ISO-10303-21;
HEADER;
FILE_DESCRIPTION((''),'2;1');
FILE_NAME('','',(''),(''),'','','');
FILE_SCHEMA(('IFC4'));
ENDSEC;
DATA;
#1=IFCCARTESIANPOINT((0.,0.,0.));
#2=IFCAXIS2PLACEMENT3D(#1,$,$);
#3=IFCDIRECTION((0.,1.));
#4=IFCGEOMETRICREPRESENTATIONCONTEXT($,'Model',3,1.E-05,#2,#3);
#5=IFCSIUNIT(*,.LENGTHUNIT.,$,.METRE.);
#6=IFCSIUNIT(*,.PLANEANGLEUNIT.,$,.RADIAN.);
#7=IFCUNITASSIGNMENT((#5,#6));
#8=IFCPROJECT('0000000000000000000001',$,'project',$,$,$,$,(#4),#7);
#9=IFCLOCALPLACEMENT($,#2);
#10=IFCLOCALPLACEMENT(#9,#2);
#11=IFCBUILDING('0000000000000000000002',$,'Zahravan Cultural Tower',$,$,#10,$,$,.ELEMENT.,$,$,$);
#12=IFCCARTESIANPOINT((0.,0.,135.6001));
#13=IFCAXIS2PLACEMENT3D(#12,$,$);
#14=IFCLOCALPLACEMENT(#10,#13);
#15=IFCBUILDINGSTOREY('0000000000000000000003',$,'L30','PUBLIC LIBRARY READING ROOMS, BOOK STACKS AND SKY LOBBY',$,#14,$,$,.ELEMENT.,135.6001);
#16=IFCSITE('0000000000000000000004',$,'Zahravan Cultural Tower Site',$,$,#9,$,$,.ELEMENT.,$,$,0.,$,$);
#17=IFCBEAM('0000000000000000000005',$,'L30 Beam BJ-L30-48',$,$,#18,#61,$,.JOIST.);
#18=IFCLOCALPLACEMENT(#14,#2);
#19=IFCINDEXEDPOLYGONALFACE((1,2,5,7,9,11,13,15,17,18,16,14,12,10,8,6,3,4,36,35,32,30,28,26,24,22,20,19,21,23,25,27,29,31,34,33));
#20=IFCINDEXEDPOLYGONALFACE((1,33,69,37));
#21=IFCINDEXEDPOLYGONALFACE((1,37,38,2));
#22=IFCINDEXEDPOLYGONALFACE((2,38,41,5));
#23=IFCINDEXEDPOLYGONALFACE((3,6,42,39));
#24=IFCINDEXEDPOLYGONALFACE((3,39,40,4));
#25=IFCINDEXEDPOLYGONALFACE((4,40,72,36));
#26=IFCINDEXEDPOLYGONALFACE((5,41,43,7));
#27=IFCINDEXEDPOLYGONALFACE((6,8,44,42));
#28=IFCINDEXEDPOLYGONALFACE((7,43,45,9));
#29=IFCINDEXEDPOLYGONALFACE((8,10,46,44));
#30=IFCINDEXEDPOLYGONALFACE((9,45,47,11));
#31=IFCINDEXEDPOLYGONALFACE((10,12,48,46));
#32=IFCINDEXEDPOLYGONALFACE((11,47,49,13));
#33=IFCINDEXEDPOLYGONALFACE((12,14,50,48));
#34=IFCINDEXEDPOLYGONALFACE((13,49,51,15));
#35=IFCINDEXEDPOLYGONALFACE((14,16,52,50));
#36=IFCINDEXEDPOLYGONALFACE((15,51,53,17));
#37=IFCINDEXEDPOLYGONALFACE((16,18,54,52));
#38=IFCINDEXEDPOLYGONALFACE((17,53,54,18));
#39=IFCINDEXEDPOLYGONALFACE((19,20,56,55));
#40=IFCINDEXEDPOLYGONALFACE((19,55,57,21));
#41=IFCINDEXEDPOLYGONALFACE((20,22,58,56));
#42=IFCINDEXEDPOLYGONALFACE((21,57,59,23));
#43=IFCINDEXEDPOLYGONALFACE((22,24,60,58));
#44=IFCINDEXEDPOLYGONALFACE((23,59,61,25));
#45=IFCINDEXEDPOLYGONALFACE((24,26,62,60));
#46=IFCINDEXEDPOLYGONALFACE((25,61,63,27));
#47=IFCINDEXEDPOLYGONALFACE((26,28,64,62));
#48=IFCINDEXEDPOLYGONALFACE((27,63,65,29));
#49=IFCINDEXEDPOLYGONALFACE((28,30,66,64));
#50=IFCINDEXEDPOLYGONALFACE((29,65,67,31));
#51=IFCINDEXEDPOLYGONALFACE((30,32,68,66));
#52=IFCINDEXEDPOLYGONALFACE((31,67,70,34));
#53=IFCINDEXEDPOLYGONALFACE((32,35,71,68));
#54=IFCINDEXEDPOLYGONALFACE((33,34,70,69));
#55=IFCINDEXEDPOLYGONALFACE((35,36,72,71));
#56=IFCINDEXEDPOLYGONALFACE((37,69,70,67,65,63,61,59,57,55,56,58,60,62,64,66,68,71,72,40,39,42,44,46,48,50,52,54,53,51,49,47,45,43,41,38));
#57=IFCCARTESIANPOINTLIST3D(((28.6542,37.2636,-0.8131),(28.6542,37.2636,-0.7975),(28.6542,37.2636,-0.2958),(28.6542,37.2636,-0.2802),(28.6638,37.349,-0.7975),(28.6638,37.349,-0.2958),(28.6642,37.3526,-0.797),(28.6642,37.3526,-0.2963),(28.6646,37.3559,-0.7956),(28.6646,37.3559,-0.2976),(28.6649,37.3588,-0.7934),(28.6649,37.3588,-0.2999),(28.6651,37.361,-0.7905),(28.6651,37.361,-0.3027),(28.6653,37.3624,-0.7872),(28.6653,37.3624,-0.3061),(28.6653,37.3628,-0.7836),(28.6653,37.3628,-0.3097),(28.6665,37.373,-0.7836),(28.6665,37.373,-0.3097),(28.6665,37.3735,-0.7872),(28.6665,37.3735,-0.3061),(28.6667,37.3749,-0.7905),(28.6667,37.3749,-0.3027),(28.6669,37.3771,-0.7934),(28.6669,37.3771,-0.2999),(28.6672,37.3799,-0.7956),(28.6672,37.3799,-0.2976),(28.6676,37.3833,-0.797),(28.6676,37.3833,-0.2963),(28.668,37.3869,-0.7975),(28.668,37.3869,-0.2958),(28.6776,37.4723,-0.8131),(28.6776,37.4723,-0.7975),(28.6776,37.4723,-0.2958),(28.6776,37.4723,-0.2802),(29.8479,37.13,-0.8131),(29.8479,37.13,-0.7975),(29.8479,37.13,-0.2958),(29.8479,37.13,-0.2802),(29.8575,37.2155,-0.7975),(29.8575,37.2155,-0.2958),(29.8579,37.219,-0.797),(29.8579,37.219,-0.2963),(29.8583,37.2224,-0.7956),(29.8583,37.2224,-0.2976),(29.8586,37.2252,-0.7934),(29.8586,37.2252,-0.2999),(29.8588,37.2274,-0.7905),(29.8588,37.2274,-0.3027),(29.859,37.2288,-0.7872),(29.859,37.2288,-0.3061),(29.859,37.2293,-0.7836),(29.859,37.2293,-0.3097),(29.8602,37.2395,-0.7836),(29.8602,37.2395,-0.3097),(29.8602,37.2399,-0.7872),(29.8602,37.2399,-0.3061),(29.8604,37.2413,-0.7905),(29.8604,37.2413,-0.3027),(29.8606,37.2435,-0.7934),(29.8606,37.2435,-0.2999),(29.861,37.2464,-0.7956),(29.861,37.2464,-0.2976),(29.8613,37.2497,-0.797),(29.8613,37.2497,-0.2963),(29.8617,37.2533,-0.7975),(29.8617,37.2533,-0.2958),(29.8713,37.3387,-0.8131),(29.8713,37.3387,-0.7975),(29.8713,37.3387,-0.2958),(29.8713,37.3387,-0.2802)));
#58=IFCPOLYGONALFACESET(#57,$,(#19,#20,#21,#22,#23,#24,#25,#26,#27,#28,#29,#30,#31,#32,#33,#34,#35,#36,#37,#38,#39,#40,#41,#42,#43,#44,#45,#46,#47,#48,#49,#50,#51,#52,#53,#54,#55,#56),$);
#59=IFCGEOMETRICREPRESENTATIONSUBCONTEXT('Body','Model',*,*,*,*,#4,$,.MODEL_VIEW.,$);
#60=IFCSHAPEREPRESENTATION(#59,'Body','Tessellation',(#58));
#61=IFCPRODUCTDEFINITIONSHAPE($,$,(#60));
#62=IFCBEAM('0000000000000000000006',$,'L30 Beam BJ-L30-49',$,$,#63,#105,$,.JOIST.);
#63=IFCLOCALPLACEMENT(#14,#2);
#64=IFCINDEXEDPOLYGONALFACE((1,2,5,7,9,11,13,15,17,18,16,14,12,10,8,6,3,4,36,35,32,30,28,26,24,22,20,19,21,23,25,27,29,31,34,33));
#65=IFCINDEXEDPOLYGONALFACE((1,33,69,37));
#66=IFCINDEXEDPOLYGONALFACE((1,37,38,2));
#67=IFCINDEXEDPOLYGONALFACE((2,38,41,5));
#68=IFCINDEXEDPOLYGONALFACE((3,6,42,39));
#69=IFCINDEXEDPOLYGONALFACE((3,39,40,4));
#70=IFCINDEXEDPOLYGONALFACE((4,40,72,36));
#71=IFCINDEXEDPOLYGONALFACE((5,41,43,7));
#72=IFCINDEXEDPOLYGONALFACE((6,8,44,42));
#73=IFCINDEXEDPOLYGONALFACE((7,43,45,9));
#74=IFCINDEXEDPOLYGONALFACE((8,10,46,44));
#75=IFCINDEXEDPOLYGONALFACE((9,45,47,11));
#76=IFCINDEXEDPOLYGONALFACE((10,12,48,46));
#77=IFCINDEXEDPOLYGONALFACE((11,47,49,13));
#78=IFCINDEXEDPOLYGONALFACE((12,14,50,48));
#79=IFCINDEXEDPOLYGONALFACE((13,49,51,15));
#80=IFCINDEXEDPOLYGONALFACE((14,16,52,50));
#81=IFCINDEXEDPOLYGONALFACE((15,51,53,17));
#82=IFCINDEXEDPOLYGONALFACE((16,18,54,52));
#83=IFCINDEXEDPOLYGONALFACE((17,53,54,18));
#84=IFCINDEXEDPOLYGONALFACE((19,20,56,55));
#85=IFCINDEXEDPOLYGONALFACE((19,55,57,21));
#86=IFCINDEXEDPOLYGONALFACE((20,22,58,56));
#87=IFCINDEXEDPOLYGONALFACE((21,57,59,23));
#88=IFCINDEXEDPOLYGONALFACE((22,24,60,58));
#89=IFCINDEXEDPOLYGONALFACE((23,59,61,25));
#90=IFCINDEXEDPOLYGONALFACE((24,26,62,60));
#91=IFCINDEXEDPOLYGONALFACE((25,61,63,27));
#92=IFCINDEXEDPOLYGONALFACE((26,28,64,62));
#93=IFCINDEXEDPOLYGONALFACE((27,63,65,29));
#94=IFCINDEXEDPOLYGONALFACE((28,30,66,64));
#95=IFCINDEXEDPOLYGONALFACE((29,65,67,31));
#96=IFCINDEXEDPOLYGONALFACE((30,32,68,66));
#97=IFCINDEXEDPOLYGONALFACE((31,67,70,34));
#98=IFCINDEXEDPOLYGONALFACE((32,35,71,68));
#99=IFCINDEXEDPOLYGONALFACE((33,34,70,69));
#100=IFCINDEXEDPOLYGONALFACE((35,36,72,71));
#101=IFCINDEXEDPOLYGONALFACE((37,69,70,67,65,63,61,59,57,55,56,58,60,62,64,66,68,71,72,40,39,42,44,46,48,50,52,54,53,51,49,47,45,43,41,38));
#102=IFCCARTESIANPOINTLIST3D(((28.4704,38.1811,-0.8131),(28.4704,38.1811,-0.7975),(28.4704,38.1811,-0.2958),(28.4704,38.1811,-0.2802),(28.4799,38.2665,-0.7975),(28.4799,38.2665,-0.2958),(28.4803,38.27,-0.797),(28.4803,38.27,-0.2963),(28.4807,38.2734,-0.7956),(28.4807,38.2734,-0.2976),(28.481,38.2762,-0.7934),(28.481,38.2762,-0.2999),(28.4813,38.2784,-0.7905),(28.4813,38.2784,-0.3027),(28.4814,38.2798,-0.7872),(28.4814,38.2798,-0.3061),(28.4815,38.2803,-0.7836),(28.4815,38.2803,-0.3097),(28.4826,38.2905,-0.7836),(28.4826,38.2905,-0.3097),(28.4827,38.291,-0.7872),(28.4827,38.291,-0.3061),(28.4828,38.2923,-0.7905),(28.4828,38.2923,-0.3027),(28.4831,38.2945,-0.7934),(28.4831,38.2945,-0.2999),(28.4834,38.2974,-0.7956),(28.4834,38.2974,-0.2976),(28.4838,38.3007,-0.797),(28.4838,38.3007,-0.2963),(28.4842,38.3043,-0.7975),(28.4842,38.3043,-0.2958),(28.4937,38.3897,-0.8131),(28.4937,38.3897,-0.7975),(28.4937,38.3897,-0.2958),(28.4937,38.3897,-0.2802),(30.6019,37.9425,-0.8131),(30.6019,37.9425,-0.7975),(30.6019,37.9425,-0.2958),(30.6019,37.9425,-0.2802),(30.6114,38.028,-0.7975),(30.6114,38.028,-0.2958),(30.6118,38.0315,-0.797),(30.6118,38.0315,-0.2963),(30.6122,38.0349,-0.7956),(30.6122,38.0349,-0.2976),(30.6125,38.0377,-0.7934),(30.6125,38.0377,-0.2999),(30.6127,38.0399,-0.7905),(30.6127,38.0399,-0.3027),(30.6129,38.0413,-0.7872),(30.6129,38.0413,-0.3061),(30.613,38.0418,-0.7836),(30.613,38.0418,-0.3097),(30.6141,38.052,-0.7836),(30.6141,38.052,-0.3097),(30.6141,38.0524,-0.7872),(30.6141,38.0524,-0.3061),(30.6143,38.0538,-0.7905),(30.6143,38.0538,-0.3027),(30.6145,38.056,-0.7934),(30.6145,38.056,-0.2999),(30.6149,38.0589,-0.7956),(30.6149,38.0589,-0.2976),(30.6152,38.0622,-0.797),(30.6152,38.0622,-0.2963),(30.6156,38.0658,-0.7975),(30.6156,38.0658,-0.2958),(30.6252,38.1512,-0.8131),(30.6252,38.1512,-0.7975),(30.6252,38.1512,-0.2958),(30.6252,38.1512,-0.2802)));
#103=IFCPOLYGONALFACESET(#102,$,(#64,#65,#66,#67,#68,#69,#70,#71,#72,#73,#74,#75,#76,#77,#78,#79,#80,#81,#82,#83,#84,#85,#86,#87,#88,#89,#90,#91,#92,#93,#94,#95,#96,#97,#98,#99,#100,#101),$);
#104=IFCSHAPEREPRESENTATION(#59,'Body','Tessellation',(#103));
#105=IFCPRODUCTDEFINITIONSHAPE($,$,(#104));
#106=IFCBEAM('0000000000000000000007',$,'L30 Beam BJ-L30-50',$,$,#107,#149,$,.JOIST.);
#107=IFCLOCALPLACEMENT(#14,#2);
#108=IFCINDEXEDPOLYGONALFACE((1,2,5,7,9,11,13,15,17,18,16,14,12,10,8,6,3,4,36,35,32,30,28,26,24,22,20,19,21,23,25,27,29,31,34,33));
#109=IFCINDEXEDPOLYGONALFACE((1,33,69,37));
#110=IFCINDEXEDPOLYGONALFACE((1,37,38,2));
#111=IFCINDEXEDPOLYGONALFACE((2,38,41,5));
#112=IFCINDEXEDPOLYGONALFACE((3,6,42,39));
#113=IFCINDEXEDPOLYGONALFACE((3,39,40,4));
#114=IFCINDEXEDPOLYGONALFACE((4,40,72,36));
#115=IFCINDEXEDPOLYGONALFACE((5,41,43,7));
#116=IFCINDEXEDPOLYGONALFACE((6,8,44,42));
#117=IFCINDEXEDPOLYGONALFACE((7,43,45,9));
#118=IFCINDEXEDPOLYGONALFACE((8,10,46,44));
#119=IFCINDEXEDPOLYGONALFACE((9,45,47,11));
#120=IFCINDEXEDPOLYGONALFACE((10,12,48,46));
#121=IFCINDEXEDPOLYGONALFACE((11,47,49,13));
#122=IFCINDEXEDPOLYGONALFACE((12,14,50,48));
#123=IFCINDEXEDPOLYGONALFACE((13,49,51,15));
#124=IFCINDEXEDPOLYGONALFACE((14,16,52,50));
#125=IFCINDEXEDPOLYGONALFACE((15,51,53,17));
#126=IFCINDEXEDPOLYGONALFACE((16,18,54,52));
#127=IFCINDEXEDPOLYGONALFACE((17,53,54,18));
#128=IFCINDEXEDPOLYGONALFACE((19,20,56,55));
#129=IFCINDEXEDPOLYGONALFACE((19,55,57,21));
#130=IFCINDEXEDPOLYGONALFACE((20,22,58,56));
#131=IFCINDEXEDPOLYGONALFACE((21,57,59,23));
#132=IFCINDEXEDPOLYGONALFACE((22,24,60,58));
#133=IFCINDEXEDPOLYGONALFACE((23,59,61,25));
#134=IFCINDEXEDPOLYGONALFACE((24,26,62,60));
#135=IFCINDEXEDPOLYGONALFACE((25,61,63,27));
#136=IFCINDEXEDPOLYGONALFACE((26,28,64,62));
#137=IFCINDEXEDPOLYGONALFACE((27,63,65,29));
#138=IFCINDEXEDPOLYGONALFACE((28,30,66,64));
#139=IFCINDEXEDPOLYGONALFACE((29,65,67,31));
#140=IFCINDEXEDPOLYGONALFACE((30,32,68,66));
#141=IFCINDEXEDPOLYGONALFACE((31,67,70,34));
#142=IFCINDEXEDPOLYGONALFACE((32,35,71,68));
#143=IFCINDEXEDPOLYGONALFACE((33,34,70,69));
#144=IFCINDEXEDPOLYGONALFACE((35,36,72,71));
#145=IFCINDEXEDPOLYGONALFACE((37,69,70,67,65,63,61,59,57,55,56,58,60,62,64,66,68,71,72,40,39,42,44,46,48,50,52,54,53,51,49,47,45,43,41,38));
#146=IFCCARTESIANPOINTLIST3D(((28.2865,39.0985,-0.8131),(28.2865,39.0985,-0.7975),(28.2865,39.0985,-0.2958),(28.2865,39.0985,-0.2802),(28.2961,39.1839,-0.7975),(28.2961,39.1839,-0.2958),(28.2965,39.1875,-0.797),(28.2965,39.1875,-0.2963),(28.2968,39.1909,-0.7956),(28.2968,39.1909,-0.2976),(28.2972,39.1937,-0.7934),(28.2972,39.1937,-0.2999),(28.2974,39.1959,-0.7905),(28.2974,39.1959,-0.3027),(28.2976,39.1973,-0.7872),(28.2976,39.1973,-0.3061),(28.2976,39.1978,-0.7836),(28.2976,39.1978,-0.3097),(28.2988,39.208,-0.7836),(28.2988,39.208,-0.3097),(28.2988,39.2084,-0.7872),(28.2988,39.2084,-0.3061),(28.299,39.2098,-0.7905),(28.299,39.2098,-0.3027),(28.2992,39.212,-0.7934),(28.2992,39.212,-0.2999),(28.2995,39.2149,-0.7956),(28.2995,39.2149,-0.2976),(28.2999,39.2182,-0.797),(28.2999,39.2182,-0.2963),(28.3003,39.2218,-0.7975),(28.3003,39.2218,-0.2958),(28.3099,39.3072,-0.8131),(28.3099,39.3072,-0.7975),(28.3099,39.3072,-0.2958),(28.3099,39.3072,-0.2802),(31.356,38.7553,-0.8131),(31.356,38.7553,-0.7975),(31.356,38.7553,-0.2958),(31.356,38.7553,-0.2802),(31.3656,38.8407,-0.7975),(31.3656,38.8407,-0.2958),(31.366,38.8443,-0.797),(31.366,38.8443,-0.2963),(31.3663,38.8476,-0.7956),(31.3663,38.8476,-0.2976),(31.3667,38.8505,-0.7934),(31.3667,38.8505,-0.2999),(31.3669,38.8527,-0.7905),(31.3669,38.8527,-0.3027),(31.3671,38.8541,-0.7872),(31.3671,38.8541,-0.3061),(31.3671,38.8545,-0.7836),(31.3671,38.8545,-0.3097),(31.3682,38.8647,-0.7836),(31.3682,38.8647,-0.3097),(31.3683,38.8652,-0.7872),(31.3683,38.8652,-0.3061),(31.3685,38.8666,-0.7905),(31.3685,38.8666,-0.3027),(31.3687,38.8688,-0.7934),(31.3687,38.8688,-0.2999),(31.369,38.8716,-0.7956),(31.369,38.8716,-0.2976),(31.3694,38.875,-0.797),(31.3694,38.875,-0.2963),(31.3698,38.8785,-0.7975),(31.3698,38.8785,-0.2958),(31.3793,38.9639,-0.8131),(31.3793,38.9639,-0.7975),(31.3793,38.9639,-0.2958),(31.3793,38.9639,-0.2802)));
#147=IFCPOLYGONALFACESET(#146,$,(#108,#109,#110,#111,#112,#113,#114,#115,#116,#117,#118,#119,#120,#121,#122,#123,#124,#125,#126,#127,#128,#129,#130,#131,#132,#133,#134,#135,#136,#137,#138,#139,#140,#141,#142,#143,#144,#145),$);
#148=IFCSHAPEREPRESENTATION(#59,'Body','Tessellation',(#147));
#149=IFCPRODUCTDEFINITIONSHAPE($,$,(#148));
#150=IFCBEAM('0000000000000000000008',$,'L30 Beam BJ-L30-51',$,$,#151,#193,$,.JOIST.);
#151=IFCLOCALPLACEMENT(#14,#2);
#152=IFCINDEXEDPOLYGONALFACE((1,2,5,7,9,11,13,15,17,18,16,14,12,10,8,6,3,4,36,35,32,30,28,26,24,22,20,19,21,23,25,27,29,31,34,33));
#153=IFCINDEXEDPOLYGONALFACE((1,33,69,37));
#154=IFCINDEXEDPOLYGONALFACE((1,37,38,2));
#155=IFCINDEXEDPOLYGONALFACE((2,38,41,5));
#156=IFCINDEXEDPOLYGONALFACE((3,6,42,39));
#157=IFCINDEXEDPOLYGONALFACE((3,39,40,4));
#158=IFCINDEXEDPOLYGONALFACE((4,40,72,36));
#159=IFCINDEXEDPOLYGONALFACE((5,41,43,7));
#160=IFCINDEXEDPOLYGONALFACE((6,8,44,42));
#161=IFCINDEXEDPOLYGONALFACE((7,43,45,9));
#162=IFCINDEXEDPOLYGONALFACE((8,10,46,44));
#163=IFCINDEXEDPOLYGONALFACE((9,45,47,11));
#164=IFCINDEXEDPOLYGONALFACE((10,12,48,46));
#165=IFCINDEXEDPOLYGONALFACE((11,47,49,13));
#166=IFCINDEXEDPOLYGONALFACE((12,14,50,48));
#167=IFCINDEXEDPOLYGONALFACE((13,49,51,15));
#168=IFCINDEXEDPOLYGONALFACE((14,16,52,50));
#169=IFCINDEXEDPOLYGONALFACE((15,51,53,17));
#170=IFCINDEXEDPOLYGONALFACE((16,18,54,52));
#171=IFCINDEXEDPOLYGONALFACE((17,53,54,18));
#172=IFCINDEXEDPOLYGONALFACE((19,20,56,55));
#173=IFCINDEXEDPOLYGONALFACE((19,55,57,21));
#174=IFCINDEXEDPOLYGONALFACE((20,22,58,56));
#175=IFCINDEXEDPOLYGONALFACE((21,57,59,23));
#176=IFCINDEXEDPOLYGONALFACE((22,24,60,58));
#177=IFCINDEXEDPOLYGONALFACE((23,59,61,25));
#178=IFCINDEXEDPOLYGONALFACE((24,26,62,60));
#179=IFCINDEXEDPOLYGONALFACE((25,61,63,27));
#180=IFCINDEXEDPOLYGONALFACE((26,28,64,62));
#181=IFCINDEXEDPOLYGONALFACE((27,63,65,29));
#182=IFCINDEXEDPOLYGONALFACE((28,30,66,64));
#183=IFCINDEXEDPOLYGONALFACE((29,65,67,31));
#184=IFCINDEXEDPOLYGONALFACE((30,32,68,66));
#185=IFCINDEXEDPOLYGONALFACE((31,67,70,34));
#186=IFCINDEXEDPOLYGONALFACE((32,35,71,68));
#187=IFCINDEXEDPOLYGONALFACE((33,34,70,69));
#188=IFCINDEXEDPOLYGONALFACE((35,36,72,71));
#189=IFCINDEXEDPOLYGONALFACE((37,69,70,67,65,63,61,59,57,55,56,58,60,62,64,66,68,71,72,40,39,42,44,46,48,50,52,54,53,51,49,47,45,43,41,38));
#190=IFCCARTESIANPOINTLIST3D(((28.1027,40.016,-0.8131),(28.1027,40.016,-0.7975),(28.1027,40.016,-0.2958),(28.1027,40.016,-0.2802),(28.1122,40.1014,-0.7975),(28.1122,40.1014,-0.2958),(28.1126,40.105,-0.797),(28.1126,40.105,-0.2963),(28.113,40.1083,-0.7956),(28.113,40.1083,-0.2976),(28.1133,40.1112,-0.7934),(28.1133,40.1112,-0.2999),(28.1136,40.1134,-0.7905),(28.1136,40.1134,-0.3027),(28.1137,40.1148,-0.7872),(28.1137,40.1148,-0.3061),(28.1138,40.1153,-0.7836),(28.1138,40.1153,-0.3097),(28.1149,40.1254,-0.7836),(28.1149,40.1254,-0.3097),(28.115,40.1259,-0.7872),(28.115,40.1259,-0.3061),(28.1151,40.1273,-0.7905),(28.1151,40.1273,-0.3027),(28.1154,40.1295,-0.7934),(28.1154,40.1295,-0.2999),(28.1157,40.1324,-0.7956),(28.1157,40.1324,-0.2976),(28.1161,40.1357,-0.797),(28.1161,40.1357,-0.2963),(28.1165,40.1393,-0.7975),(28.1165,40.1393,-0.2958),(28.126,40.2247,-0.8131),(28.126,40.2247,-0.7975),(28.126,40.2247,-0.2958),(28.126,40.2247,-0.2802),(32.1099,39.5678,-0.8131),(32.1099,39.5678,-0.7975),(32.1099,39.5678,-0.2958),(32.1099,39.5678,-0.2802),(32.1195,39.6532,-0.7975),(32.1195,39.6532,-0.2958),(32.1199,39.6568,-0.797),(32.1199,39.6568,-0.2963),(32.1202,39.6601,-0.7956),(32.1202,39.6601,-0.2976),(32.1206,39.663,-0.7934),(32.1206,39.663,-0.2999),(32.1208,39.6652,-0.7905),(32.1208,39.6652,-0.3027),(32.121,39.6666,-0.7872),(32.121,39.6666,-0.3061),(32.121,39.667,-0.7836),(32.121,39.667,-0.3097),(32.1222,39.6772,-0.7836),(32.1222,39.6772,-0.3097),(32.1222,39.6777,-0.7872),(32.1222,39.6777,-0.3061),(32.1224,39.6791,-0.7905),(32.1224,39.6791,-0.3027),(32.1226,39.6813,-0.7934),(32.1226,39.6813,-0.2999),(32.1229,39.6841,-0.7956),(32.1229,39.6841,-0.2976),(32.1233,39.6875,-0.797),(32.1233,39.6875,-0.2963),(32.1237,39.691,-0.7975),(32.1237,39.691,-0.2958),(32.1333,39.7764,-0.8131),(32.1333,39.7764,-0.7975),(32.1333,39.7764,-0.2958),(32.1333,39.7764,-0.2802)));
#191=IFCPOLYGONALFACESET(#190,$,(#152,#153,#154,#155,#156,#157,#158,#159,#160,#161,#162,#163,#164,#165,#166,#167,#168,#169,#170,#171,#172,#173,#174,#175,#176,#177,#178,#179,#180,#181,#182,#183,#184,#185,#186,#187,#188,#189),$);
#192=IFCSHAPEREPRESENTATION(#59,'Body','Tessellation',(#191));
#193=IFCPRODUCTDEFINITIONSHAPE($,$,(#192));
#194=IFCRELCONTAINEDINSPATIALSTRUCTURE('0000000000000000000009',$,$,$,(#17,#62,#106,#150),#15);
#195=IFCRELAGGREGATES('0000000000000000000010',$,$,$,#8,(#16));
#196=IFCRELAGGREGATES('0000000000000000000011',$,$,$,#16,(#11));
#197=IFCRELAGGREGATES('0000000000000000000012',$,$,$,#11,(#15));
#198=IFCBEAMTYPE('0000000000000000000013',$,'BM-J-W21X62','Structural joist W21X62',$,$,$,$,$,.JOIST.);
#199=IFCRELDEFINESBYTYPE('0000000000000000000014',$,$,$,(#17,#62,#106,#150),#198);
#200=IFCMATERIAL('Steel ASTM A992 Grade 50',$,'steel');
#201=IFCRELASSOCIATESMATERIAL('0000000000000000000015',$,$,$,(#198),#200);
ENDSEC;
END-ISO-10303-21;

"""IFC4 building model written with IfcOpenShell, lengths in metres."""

from ifc_helpers import new_model, si_unit, direction, frame, origin, origin_2d, place, context, subcontext, project, spatial, i_section, extrude, source, transform, mapped, material, material_profile, profile_set, type_object, element, save


model = new_model("IFC4")

# Units and contexts
model_context = context("Model", 3, precision=1e-05, world=origin(), true_north=direction((0.0, 1.0)))
body_context = subcontext(model_context, "Body", "Model", "MODEL_VIEW")
ifc_project = project(units=[si_unit("LENGTHUNIT", "METRE"), si_unit("PLANEANGLEUNIT", "RADIAN")], contexts=[model_context])

# Site, building, storey
site_placement = place(None, origin())
site = spatial("IfcSite", under=ifc_project, at=site_placement, Name="Zahravan Cultural Tower Site", CompositionType="ELEMENT", RefElevation=0.0)
building_placement = place(site_placement, origin())
building = spatial("IfcBuilding", under=site, at=building_placement, Name="Zahravan Cultural Tower", CompositionType="ELEMENT")
storey_placement = place(building_placement, frame((0.0, 0.0, 135.6001)))
storey = spatial("IfcBuildingStorey", under=building, at=storey_placement, Name="L30", Description="PUBLIC LIBRARY READING ROOMS, BOOK STACKS AND SKY LOBBY", CompositionType="ELEMENT", Elevation=135.6001)

# Shared definitions
ifc_material_1 = material(Name="Steel ASTM A992 Grade 50", Category="steel")

# Beams
ifc_material_profile_1 = material_profile(ifc_material_1, i_section(OverallWidth=0.21, OverallDepth=0.533, WebThickness=0.0103, FlangeThickness=0.0156, FilletRadius=0.0139, at=origin_2d()), Name="W21X62")
ifc_profile_set_1 = profile_set([ifc_material_profile_1], Name="Steel ASTM A992 Grade 50")
beam_type_1 = type_object("IfcBeamType", Name="BM-J-W21X62", Description="Structural joist W21X62", PredefinedType="JOIST", material=ifc_profile_set_1)
shared_shape_1 = source(origin(), body_context, "Body", "SweptSolid", [
    extrude(i_section(OverallWidth=0.21, OverallDepth=0.533, WebThickness=0.0103, FlangeThickness=0.0156, FilletRadius=0.0139, at=origin_2d()), origin(), (0.0, 0.0, 1.0), 1.2012),
])
beam_1_placement = place(storey_placement, frame((29.8596, 37.2344, -0.5466), z_axis=(-0.993799, 0.11119, 0.0), x_axis=(-0.11119, -0.993799, 0.0)))
element("IfcBeam", 1, at=beam_1_placement, inside=storey, type_object=beam_type_1, Name="L30 Beam BJ-L30-48", PredefinedType="JOIST", context=body_context, shape_type="MappedRepresentation", body=[
    mapped(shared_shape_1, transform((0.0, 0.0, 0.0), x_axis=(1.0, 0.0, 0.0), y_axis=(0.0, 1.0, 0.0), z_axis=(0.0, 0.0, 1.0), scale=1.0)),
])
shared_shape_2 = source(origin(), body_context, "Body", "SweptSolid", [
    extrude(i_section(OverallWidth=0.21, OverallDepth=0.533, WebThickness=0.0103, FlangeThickness=0.0156, FilletRadius=0.0139, at=origin_2d()), origin(), (0.0, 0.0, 1.0), 2.1448),
])
beam_2_placement = place(storey_placement, frame((30.6135, 38.0469, -0.5466), z_axis=(-0.993797, 0.111206, 0.0), x_axis=(-0.111206, -0.993797, 0.0)))
element("IfcBeam", 2, at=beam_2_placement, inside=storey, type_object=beam_type_1, Name="L30 Beam BJ-L30-49", PredefinedType="JOIST", context=body_context, shape_type="MappedRepresentation", body=[
    mapped(shared_shape_2, transform((0.0, 0.0, 0.0), x_axis=(1.0, 0.0, 0.0), y_axis=(0.0, 1.0, 0.0), z_axis=(0.0, 0.0, 1.0), scale=1.0)),
])
shared_shape_3 = source(origin(), body_context, "Body", "SweptSolid", [
    extrude(i_section(OverallWidth=0.21, OverallDepth=0.533, WebThickness=0.0103, FlangeThickness=0.0156, FilletRadius=0.0139, at=origin_2d()), origin(), (0.0, 0.0, 1.0), 3.0886),
])
beam_3_placement = place(storey_placement, frame((31.3677, 38.8596, -0.5466), z_axis=(-0.993805, 0.111134, 0.0), x_axis=(-0.111134, -0.993805, 0.0)))
element("IfcBeam", 3, at=beam_3_placement, inside=storey, type_object=beam_type_1, Name="L30 Beam BJ-L30-50", PredefinedType="JOIST", context=body_context, shape_type="MappedRepresentation", body=[
    mapped(shared_shape_3, transform((0.0, 0.0, 0.0), x_axis=(1.0, 0.0, 0.0), y_axis=(0.0, 1.0, 0.0), z_axis=(0.0, 0.0, 1.0), scale=1.0)),
])
shared_shape_4 = source(origin(), body_context, "Body", "SweptSolid", [
    extrude(i_section(OverallWidth=0.21, OverallDepth=0.533, WebThickness=0.0103, FlangeThickness=0.0156, FilletRadius=0.0139, at=origin_2d()), origin(), (0.0, 0.0, 1.0), 4.0322),
])
beam_4_placement = place(storey_placement, frame((32.1216, 39.6721, -0.5466), z_axis=(-0.993802, 0.111162, 0.0), x_axis=(-0.111162, -0.993802, 0.0)))
element("IfcBeam", 4, at=beam_4_placement, inside=storey, type_object=beam_type_1, Name="L30 Beam BJ-L30-51", PredefinedType="JOIST", context=body_context, shape_type="MappedRepresentation", body=[
    mapped(shared_shape_4, transform((0.0, 0.0, 0.0), x_axis=(1.0, 0.0, 0.0), y_axis=(0.0, 1.0, 0.0), z_axis=(0.0, 0.0, 1.0), scale=1.0)),
])

save(model, "model.ifc")
